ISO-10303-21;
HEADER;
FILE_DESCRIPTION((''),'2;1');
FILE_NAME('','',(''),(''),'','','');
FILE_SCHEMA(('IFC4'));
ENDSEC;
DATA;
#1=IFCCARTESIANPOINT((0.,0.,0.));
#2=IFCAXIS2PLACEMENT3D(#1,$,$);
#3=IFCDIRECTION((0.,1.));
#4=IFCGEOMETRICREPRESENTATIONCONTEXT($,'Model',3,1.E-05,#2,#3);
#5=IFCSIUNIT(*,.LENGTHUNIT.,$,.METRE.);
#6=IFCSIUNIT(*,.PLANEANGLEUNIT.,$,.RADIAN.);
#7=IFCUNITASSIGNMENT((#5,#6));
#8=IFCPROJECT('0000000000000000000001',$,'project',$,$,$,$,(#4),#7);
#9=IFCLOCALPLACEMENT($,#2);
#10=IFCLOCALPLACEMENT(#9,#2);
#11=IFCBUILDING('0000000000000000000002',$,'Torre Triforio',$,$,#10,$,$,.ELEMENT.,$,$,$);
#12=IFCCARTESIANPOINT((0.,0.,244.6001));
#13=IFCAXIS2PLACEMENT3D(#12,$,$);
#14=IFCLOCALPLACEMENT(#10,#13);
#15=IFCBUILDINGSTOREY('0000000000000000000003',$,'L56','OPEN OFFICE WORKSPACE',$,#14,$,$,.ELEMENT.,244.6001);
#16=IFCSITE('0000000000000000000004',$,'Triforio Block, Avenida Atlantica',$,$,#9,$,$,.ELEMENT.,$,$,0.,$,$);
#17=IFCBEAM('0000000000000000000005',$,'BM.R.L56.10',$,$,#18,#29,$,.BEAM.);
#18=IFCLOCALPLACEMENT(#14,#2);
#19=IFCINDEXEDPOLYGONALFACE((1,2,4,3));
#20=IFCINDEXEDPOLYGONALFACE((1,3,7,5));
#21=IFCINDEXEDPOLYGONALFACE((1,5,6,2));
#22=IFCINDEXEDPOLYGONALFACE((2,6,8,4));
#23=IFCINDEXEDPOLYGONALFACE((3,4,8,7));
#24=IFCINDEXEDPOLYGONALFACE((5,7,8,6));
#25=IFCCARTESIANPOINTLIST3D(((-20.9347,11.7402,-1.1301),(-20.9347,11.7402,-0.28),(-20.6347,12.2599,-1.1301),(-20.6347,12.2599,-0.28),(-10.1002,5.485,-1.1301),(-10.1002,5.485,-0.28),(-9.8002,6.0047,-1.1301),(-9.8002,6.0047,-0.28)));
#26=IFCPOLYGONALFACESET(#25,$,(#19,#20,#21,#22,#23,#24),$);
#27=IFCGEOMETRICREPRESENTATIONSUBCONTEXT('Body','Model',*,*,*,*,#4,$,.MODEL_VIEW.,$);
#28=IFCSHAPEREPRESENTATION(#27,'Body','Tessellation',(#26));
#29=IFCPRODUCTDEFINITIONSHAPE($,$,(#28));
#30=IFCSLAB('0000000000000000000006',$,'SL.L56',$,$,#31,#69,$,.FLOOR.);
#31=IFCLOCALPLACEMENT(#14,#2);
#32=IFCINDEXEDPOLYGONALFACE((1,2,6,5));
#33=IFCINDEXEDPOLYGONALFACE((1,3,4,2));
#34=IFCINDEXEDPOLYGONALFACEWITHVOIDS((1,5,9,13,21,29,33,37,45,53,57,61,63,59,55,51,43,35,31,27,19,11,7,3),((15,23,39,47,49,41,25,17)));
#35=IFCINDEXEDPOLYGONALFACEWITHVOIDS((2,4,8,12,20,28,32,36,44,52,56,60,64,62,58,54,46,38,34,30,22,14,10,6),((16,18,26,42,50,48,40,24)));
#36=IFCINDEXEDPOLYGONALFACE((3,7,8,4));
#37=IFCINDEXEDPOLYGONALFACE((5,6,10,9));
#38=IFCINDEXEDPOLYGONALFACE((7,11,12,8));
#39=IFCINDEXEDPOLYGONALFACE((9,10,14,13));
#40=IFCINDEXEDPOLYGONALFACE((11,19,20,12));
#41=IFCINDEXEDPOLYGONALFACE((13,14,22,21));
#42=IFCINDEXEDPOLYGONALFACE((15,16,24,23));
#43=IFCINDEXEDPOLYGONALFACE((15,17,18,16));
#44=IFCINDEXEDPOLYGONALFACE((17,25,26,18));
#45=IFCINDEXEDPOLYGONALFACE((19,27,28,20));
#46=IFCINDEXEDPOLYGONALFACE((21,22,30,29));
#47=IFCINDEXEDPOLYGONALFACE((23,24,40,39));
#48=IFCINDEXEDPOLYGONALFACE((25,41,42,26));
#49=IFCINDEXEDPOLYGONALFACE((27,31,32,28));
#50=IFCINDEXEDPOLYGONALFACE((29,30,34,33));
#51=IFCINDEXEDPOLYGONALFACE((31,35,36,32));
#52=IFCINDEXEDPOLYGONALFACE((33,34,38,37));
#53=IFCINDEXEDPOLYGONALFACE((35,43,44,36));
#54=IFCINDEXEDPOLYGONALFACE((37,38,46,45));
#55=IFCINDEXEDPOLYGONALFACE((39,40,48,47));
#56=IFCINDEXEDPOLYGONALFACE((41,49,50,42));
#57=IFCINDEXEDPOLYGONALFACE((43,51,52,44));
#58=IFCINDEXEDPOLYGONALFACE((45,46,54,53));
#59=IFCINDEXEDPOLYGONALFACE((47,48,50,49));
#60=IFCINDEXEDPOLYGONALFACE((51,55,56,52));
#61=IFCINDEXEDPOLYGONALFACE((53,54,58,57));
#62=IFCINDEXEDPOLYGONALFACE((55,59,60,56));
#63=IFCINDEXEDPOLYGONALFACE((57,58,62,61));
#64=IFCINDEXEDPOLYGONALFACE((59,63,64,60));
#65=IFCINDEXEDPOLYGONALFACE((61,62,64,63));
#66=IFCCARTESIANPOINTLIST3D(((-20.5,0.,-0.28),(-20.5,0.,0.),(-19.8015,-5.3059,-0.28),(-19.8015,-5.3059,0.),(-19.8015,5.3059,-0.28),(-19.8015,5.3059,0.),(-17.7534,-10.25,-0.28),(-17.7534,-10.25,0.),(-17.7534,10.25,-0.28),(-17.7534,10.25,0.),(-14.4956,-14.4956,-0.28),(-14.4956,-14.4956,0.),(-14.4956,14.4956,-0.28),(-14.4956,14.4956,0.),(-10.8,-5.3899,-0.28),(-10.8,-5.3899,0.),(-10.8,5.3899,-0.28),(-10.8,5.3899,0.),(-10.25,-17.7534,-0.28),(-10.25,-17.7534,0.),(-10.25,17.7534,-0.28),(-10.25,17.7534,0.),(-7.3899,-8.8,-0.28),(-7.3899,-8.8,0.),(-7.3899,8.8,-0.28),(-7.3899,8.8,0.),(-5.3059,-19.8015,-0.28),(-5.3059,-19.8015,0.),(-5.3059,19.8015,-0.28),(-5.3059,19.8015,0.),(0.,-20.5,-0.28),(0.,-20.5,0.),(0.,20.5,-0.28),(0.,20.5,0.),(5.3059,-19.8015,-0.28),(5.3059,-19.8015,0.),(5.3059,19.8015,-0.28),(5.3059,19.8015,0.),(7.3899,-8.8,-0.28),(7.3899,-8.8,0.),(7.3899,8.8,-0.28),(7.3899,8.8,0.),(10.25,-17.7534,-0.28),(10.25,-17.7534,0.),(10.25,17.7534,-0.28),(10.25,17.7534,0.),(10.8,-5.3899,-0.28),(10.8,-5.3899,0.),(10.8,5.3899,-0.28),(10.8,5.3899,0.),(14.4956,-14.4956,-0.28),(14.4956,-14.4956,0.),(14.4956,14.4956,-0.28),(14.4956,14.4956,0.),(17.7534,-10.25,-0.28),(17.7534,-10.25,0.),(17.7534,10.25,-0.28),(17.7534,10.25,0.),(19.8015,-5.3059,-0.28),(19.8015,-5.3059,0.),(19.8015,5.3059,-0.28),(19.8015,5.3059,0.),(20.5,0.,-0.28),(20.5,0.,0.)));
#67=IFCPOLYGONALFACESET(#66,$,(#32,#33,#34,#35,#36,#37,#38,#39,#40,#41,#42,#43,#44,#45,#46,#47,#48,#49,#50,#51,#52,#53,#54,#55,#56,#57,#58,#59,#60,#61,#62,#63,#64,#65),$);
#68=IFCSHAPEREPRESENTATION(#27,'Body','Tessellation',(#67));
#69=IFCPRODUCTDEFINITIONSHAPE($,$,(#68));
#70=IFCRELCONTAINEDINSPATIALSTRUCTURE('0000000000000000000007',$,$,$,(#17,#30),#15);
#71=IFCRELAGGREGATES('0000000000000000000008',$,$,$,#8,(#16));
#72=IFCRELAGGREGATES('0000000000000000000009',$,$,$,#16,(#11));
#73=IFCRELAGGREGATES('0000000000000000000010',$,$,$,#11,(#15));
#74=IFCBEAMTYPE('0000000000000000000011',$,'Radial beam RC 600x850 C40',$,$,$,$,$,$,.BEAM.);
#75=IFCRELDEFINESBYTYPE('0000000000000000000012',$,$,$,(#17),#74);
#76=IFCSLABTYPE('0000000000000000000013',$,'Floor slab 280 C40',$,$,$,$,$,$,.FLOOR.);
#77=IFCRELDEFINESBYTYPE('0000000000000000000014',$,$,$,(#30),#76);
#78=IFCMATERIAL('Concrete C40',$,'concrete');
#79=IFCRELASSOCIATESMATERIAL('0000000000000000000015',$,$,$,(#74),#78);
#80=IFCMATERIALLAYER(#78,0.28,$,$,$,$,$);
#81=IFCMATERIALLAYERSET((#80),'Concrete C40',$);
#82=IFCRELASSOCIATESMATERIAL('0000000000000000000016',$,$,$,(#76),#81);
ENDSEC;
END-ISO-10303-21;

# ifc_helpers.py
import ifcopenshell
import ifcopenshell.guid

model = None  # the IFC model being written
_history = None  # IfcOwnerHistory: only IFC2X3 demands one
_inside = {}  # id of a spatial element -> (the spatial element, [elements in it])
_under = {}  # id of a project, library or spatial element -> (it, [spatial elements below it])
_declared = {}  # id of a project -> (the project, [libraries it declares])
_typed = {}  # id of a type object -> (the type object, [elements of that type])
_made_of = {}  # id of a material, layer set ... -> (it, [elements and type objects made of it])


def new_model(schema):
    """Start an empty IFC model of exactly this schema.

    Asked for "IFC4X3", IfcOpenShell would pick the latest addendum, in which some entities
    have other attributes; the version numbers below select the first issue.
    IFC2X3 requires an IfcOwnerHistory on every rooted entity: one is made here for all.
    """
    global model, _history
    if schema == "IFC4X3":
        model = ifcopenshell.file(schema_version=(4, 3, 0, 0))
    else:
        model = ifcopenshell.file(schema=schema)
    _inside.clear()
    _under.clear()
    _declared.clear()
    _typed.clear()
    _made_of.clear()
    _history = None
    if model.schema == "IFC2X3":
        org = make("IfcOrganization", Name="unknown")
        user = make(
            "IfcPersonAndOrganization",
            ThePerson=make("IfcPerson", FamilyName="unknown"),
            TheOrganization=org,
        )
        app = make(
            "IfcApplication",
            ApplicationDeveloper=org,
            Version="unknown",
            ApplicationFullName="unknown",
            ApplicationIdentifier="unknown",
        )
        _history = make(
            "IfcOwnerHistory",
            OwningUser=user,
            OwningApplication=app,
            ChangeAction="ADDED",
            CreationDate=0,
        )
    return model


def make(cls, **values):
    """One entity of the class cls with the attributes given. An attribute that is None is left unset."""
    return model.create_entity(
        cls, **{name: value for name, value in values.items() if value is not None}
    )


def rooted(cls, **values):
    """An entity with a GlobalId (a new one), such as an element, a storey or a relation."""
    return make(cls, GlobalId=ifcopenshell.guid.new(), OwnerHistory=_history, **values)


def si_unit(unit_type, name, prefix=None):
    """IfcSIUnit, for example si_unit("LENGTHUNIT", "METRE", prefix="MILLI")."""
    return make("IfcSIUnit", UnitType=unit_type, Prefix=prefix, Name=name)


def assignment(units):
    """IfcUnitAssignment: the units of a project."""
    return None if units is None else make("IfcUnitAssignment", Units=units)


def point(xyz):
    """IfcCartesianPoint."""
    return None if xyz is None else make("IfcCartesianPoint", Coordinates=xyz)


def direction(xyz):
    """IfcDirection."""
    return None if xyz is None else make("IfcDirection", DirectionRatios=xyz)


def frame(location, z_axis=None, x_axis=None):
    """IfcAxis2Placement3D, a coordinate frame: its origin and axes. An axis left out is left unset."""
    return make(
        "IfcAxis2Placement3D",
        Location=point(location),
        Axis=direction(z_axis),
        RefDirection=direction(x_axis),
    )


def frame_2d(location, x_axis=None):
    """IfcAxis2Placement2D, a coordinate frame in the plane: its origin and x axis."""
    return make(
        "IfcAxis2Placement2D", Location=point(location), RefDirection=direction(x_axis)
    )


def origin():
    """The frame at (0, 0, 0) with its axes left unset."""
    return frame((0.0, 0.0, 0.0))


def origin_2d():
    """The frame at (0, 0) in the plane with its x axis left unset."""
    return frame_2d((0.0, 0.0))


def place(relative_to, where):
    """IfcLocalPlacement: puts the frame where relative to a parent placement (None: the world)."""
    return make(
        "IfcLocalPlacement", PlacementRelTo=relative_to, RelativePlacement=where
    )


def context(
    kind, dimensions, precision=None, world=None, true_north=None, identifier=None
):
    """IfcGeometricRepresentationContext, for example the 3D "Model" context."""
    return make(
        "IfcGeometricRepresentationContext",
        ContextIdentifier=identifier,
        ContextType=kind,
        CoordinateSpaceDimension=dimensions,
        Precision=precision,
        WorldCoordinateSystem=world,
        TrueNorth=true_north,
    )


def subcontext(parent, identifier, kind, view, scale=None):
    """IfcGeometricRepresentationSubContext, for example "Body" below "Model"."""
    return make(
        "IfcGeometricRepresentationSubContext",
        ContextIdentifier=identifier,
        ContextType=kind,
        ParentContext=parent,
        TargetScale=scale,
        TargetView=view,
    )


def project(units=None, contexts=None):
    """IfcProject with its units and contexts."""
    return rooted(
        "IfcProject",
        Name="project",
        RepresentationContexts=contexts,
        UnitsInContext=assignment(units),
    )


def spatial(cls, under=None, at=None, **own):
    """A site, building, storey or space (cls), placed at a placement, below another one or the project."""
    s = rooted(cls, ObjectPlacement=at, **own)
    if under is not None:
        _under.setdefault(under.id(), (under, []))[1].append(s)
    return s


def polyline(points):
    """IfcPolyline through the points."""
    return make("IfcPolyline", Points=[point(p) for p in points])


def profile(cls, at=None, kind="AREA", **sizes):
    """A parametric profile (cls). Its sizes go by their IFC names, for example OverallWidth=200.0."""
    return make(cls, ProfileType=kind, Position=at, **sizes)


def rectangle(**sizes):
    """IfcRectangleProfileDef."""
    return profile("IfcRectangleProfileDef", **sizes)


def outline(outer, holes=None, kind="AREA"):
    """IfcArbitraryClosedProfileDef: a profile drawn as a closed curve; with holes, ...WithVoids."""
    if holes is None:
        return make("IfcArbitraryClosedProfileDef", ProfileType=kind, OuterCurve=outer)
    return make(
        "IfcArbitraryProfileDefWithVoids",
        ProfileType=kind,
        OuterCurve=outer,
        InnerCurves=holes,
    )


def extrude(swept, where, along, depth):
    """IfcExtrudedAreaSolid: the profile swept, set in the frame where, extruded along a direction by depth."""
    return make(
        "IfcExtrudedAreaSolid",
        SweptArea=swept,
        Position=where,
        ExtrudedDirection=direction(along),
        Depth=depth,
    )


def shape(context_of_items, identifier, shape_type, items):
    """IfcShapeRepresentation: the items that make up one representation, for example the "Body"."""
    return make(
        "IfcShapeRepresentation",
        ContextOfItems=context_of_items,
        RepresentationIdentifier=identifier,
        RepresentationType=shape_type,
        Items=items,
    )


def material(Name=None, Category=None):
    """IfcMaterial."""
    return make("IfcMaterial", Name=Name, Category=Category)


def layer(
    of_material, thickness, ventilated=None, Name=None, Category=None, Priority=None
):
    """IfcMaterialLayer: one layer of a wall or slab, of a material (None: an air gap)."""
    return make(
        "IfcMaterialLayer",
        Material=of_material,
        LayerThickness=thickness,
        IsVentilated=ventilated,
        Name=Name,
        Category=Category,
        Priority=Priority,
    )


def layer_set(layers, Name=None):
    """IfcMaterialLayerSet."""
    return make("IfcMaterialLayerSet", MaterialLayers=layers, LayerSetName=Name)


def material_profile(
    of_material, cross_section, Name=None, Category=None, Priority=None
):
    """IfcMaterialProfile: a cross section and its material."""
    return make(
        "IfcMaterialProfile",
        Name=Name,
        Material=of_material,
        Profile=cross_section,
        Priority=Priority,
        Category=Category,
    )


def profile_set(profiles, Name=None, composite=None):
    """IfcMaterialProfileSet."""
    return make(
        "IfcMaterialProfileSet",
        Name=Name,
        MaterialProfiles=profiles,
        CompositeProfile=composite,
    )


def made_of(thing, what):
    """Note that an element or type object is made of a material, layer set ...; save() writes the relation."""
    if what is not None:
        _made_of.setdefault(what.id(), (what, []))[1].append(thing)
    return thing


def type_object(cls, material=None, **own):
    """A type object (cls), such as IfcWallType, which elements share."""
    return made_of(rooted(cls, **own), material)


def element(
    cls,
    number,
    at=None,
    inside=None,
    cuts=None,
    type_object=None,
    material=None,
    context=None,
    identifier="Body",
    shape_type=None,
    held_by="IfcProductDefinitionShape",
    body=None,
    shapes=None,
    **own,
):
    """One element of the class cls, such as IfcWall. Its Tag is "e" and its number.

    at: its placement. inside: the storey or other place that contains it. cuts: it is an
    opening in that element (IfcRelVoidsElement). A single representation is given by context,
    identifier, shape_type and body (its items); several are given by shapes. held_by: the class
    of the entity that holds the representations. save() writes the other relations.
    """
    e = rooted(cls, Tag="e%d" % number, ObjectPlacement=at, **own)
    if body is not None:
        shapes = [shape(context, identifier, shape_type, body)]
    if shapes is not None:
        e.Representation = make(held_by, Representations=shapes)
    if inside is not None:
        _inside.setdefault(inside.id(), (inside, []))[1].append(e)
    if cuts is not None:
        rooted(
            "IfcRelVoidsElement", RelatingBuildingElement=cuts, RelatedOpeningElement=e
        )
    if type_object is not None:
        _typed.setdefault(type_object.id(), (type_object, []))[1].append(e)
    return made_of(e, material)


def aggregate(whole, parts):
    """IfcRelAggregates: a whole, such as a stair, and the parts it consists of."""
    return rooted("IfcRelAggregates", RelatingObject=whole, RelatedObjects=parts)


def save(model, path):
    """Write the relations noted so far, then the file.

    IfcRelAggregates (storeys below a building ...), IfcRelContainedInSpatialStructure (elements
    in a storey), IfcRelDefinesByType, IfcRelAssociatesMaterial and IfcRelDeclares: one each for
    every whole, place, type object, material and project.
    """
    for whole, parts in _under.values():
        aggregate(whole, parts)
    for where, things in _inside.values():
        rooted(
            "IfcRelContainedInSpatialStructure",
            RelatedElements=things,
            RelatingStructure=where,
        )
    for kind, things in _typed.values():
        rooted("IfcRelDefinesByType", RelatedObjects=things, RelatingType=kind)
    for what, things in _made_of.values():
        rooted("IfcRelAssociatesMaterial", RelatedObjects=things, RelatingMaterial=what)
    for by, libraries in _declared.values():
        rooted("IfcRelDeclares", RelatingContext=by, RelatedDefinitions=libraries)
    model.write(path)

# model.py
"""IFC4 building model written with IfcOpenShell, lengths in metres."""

from ifc_helpers import new_model, si_unit, direction, frame, origin, origin_2d, place, context, subcontext, project, spatial, polyline, rectangle, outline, extrude, material, layer, layer_set, material_profile, profile_set, type_object, element, save


model = new_model("IFC4")

# Units and contexts
model_context = context("Model", 3, precision=1e-05, world=origin(), true_north=direction((0.0, 1.0)))
body_context = subcontext(model_context, "Body", "Model", "MODEL_VIEW")
ifc_project = project(units=[si_unit("LENGTHUNIT", "METRE"), si_unit("PLANEANGLEUNIT", "RADIAN")], contexts=[model_context])

# Site, building, storey
site_placement = place(None, origin())
site = spatial("IfcSite", under=ifc_project, at=site_placement, Name="Triforio Block, Avenida Atlantica", CompositionType="ELEMENT", RefElevation=0.0)
building_placement = place(site_placement, origin())
building = spatial("IfcBuilding", under=site, at=building_placement, Name="Torre Triforio", CompositionType="ELEMENT")
storey_placement = place(building_placement, frame((0.0, 0.0, 244.6001)))
storey = spatial("IfcBuildingStorey", under=building, at=storey_placement, Name="L56", Description="OPEN OFFICE WORKSPACE", CompositionType="ELEMENT", Elevation=244.6001)

# Beam
ifc_material_1 = material(Name="Concrete C40", Category="concrete")
ifc_material_profile = material_profile(ifc_material_1, rectangle(XDim=0.6001, YDim=0.8501, at=origin_2d()), Name="RC 600x850")
ifc_profile_set = profile_set([ifc_material_profile], Name="Concrete C40")
beam_type = type_object("IfcBeamType", Name="Radial beam RC 600x850 C40", PredefinedType="BEAM", material=ifc_profile_set)
beam_placement = place(storey_placement, frame((-9.9502, 5.7449, -0.7051), z_axis=(-0.866031, 0.49999, 0.0), x_axis=(-0.49999, -0.866031, 0.0)))
element("IfcBeam", 1, at=beam_placement, inside=storey, type_object=beam_type, Name="BM.R.L56.10", PredefinedType="BEAM", context=body_context, shape_type="SweptSolid", body=[
    extrude(rectangle(XDim=0.6001, YDim=0.8501, at=origin_2d()), origin(), (0.0, 0.0, 1.0), 12.5105),
])

# Slab
ifc_layer_1 = layer(ifc_material_1, 0.28)
ifc_layer_set_1 = layer_set([ifc_layer_1], Name="Concrete C40")
slab_type_1 = type_object("IfcSlabType", Name="Floor slab 280 C40", PredefinedType="FLOOR", material=ifc_layer_set_1)
slab_1_placement = place(storey_placement, frame((0.0, 0.0, -0.28)))
element("IfcSlab", 2, at=slab_1_placement, inside=storey, type_object=slab_type_1, Name="SL.L56", PredefinedType="FLOOR", context=body_context, shape_type="SweptSolid", body=[
    extrude(outline(polyline([(17.7534, -10.25), (19.8015, -5.3059), (20.5, 0.0), (19.8015, 5.3059), (17.7534, 10.25), (14.4956, 14.4956), (10.25, 17.7534), (5.3059, 19.8015), (0.0, 20.5), (-5.3059, 19.8015), (-10.25, 17.7534), (-14.4956, 14.4956), (-17.7534, 10.25), (-19.8015, 5.3059), (-20.5, 0.0), (-19.8015, -5.3059), (-17.7534, -10.25), (-14.4956, -14.4956), (-10.25, -17.7534), (-5.3059, -19.8015), (0.0, -20.5), (5.3059, -19.8015), (10.25, -17.7534), (14.4956, -14.4956), (17.7534, -10.25)]), holes=[polyline([(10.8, 5.3899), (10.8, -5.3899), (7.3899, -8.8), (-7.3899, -8.8), (-10.8, -5.3899), (-10.8, 5.3899), (-7.3899, 8.8), (7.3899, 8.8), (10.8, 5.3899)])]), origin(), (0.0, 0.0, 1.0), 0.28),
])

save(model, "model.ifc")
